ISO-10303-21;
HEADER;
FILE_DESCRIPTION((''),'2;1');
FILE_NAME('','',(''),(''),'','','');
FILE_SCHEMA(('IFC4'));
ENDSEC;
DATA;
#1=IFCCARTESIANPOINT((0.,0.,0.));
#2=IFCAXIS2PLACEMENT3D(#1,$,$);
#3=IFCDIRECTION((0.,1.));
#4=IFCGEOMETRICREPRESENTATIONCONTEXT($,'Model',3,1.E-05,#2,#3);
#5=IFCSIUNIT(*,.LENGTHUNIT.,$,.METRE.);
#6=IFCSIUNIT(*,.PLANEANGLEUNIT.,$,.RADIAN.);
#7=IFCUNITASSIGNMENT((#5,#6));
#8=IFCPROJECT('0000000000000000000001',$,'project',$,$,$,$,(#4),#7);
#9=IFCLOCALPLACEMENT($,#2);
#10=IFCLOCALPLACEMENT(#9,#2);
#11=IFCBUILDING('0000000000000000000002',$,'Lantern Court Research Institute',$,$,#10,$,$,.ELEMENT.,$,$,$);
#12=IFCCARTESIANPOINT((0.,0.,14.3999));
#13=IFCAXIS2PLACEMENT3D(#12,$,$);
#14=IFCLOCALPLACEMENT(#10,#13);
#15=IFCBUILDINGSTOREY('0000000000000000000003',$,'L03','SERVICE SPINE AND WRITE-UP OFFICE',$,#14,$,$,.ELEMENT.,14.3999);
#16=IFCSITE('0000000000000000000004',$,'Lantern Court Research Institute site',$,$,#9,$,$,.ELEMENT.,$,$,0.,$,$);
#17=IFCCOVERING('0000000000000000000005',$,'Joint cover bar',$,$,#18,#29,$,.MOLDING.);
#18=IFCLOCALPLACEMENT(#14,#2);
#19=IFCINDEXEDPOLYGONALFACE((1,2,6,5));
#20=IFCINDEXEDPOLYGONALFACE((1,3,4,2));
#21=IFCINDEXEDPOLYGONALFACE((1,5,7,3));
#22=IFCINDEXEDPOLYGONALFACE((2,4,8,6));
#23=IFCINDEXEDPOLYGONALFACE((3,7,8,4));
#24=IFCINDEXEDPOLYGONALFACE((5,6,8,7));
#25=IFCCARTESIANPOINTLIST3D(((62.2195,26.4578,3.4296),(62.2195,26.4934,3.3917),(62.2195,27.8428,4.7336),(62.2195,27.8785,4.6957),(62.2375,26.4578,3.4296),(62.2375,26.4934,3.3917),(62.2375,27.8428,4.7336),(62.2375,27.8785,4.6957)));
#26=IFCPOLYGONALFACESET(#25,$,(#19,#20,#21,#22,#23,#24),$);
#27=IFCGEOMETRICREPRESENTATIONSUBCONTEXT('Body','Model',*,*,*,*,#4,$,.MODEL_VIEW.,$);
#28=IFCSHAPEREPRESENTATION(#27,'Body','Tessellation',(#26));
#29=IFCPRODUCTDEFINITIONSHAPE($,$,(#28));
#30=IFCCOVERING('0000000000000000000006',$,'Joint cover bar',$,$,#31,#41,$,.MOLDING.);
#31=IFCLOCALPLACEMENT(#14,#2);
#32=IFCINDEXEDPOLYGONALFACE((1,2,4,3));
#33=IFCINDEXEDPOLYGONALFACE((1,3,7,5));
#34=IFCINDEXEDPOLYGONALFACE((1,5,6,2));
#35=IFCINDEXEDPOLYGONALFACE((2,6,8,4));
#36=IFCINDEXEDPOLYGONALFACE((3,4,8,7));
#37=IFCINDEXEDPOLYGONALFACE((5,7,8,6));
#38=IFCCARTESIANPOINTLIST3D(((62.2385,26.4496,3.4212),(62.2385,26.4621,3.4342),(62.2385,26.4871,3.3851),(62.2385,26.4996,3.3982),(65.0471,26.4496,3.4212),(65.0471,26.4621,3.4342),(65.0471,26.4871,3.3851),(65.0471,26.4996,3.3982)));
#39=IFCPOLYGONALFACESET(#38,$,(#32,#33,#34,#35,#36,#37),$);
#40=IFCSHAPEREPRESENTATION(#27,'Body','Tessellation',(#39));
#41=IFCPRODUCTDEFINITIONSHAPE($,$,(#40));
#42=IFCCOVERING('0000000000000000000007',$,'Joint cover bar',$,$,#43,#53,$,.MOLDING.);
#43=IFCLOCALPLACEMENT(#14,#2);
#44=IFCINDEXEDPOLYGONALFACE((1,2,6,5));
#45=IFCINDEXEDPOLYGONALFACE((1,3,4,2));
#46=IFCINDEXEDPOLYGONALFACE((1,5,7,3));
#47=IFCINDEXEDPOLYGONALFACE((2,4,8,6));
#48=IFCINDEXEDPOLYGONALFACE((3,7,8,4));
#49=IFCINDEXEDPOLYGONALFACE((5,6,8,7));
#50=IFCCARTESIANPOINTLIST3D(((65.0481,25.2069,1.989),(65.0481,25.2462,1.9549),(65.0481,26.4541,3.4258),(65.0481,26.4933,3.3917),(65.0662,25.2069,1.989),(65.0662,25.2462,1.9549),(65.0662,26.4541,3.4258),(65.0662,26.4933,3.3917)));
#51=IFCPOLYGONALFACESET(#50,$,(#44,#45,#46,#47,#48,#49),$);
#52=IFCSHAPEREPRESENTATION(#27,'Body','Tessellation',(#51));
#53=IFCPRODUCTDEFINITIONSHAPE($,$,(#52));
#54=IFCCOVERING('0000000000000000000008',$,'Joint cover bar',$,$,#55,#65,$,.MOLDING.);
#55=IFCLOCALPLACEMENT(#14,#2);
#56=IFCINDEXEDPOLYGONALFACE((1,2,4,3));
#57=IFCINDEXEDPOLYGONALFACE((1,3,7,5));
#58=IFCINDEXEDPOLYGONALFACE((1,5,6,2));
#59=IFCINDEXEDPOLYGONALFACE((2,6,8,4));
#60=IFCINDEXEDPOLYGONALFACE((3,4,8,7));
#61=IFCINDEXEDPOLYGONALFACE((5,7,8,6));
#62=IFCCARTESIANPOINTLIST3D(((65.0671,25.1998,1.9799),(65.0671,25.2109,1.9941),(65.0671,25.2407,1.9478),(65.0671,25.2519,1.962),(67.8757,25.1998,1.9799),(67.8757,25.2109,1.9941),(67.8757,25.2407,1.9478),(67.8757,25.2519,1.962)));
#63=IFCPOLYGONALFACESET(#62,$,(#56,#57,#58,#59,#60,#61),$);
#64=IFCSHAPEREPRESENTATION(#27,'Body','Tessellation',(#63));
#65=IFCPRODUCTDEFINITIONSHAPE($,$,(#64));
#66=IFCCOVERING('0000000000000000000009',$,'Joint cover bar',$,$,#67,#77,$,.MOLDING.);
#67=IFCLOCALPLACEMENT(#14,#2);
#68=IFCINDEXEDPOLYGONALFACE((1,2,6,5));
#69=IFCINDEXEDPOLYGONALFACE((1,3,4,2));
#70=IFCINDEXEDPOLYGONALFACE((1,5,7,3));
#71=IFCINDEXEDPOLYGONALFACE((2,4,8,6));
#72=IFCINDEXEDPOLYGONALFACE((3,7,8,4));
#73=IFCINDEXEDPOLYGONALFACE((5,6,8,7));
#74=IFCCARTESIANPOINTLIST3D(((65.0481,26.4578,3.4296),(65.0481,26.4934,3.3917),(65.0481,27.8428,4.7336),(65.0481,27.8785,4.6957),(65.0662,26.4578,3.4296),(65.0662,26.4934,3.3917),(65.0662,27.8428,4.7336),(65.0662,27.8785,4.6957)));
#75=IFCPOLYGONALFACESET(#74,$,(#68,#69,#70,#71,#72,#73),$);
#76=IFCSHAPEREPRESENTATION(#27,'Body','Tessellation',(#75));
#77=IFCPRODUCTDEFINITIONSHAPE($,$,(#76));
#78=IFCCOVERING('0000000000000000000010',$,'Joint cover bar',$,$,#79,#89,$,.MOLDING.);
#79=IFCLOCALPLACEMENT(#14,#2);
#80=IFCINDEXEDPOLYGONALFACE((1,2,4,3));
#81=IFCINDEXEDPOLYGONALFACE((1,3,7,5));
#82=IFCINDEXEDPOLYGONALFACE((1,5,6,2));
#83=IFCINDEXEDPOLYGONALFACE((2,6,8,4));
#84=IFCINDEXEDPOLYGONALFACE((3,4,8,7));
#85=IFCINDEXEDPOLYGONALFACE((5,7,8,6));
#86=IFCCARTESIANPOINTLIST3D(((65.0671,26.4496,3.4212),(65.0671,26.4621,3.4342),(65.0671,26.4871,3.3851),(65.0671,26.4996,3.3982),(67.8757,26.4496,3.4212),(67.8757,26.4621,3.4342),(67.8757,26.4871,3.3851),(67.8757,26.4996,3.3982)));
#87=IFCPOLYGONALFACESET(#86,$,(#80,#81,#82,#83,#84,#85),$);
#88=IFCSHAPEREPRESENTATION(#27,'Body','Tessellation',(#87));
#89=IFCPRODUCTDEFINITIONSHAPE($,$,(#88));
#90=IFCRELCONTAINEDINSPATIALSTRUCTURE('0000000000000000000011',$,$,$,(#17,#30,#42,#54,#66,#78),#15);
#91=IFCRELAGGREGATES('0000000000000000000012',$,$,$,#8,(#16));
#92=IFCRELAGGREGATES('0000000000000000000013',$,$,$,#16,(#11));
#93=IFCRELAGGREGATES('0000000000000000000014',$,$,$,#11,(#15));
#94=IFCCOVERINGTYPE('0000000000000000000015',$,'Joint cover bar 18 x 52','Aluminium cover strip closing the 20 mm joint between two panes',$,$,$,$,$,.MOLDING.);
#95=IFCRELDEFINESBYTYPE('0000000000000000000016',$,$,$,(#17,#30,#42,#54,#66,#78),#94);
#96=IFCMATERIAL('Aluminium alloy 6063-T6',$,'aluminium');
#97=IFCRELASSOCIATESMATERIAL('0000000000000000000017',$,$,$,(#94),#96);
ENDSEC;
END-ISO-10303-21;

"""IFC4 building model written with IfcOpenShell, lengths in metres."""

from ifc_helpers import new_model, si_unit, direction, frame, origin, origin_2d, place, context, subcontext, project, spatial, rectangle, extrude, material, material_profile, profile_set, type_object, element, save


model = new_model("IFC4")

# Units and contexts
model_context = context("Model", 3, precision=1e-05, world=origin(), true_north=direction((0.0, 1.0)))
body_context = subcontext(model_context, "Body", "Model", "MODEL_VIEW")
ifc_project = project(units=[si_unit("LENGTHUNIT", "METRE"), si_unit("PLANEANGLEUNIT", "RADIAN")], contexts=[model_context])

# Site, building, storey
site_placement = place(None, origin())
site = spatial("IfcSite", under=ifc_project, at=site_placement, Name="Lantern Court Research Institute site", CompositionType="ELEMENT", RefElevation=0.0)
building_placement = place(site_placement, origin())
building = spatial("IfcBuilding", under=site, at=building_placement, Name="Lantern Court Research Institute", CompositionType="ELEMENT")
storey_placement = place(building_placement, frame((0.0, 0.0, 14.3999)))
storey = spatial("IfcBuildingStorey", under=building, at=storey_placement, Name="L03", Description="SERVICE SPINE AND WRITE-UP OFFICE", CompositionType="ELEMENT", Elevation=14.3999)

# Coverings
ifc_material_1 = material(Name="Aluminium alloy 6063-T6", Category="aluminium")
ifc_material_profile_1 = material_profile(ifc_material_1, rectangle(XDim=0.0181, YDim=0.052, at=origin_2d()), Name="Joint cover bar 18 x 52")
ifc_profile_set_1 = profile_set([ifc_material_profile_1], Name="Aluminium alloy 6063-T6")
covering_type = type_object("IfcCoveringType", Name="Joint cover bar 18 x 52", Description="Aluminium cover strip closing the 20 mm joint between two panes", PredefinedType="MOLDING", material=ifc_profile_set_1)
covering_1_placement = place(storey_placement, frame((62.2285, 26.4756, 3.4106), z_axis=(0.0, 0.728091, 0.685481), x_axis=(-1.0, 0.0, 0.0)))
element("IfcCovering", 1, at=covering_1_placement, inside=storey, type_object=covering_type, Name="Joint cover bar", PredefinedType="MOLDING", context=body_context, shape_type="SweptSolid", body=[
    extrude(rectangle(XDim=0.0181, YDim=0.052, at=origin_2d()), origin(), (0.0, 0.0, 1.0), 1.9023),
])
covering_2_placement = place(storey_placement, frame((62.2385, 26.4746, 3.4097), z_axis=(1.0, 0.0, 0.0), x_axis=(0.0, 0.692674, 0.721251)))
element("IfcCovering", 2, at=covering_2_placement, inside=storey, type_object=covering_type, Name="Joint cover bar", PredefinedType="MOLDING", context=body_context, shape_type="SweptSolid", body=[
    extrude(rectangle(XDim=0.0181, YDim=0.052, at=origin_2d()), origin(), (0.0, 0.0, 1.0), 2.8086),
])
covering_3_placement = place(storey_placement, frame((65.0571, 25.2266, 1.9719), z_axis=(0.0, 0.655492, 0.755202), x_axis=(-1.0, 0.0, 0.0)))
element("IfcCovering", 3, at=covering_3_placement, inside=storey, type_object=covering_type, Name="Joint cover bar", PredefinedType="MOLDING", context=body_context, shape_type="SweptSolid", body=[
    extrude(rectangle(XDim=0.0181, YDim=0.052, at=origin_2d()), origin(), (0.0, 0.0, 1.0), 1.9026),
])
covering_4_placement = place(storey_placement, frame((65.0671, 25.2258, 1.9709), z_axis=(1.0, 0.0, 0.0), x_axis=(0.0, 0.616657, 0.787232)))
element("IfcCovering", 4, at=covering_4_placement, inside=storey, type_object=covering_type, Name="Joint cover bar", PredefinedType="MOLDING", context=body_context, shape_type="SweptSolid", body=[
    extrude(rectangle(XDim=0.0181, YDim=0.052, at=origin_2d()), origin(), (0.0, 0.0, 1.0), 2.8086),
])
covering_5_placement = place(storey_placement, frame((65.0571, 26.4756, 3.4106), z_axis=(0.0, 0.728091, 0.685481), x_axis=(-1.0, 0.0, 0.0)))
element("IfcCovering", 5, at=covering_5_placement, inside=storey, type_object=covering_type, Name="Joint cover bar", PredefinedType="MOLDING", context=body_context, shape_type="SweptSolid", body=[
    extrude(rectangle(XDim=0.0181, YDim=0.052, at=origin_2d()), origin(), (0.0, 0.0, 1.0), 1.9023),
])
covering_6_placement = place(storey_placement, frame((65.0671, 26.4746, 3.4097), z_axis=(1.0, 0.0, 0.0), x_axis=(0.0, 0.692674, 0.721251)))
element("IfcCovering", 6, at=covering_6_placement, inside=storey, type_object=covering_type, Name="Joint cover bar", PredefinedType="MOLDING", context=body_context, shape_type="SweptSolid", body=[
    extrude(rectangle(XDim=0.0181, YDim=0.052, at=origin_2d()), origin(), (0.0, 0.0, 1.0), 2.8086),
])

save(model, "model.ifc")
